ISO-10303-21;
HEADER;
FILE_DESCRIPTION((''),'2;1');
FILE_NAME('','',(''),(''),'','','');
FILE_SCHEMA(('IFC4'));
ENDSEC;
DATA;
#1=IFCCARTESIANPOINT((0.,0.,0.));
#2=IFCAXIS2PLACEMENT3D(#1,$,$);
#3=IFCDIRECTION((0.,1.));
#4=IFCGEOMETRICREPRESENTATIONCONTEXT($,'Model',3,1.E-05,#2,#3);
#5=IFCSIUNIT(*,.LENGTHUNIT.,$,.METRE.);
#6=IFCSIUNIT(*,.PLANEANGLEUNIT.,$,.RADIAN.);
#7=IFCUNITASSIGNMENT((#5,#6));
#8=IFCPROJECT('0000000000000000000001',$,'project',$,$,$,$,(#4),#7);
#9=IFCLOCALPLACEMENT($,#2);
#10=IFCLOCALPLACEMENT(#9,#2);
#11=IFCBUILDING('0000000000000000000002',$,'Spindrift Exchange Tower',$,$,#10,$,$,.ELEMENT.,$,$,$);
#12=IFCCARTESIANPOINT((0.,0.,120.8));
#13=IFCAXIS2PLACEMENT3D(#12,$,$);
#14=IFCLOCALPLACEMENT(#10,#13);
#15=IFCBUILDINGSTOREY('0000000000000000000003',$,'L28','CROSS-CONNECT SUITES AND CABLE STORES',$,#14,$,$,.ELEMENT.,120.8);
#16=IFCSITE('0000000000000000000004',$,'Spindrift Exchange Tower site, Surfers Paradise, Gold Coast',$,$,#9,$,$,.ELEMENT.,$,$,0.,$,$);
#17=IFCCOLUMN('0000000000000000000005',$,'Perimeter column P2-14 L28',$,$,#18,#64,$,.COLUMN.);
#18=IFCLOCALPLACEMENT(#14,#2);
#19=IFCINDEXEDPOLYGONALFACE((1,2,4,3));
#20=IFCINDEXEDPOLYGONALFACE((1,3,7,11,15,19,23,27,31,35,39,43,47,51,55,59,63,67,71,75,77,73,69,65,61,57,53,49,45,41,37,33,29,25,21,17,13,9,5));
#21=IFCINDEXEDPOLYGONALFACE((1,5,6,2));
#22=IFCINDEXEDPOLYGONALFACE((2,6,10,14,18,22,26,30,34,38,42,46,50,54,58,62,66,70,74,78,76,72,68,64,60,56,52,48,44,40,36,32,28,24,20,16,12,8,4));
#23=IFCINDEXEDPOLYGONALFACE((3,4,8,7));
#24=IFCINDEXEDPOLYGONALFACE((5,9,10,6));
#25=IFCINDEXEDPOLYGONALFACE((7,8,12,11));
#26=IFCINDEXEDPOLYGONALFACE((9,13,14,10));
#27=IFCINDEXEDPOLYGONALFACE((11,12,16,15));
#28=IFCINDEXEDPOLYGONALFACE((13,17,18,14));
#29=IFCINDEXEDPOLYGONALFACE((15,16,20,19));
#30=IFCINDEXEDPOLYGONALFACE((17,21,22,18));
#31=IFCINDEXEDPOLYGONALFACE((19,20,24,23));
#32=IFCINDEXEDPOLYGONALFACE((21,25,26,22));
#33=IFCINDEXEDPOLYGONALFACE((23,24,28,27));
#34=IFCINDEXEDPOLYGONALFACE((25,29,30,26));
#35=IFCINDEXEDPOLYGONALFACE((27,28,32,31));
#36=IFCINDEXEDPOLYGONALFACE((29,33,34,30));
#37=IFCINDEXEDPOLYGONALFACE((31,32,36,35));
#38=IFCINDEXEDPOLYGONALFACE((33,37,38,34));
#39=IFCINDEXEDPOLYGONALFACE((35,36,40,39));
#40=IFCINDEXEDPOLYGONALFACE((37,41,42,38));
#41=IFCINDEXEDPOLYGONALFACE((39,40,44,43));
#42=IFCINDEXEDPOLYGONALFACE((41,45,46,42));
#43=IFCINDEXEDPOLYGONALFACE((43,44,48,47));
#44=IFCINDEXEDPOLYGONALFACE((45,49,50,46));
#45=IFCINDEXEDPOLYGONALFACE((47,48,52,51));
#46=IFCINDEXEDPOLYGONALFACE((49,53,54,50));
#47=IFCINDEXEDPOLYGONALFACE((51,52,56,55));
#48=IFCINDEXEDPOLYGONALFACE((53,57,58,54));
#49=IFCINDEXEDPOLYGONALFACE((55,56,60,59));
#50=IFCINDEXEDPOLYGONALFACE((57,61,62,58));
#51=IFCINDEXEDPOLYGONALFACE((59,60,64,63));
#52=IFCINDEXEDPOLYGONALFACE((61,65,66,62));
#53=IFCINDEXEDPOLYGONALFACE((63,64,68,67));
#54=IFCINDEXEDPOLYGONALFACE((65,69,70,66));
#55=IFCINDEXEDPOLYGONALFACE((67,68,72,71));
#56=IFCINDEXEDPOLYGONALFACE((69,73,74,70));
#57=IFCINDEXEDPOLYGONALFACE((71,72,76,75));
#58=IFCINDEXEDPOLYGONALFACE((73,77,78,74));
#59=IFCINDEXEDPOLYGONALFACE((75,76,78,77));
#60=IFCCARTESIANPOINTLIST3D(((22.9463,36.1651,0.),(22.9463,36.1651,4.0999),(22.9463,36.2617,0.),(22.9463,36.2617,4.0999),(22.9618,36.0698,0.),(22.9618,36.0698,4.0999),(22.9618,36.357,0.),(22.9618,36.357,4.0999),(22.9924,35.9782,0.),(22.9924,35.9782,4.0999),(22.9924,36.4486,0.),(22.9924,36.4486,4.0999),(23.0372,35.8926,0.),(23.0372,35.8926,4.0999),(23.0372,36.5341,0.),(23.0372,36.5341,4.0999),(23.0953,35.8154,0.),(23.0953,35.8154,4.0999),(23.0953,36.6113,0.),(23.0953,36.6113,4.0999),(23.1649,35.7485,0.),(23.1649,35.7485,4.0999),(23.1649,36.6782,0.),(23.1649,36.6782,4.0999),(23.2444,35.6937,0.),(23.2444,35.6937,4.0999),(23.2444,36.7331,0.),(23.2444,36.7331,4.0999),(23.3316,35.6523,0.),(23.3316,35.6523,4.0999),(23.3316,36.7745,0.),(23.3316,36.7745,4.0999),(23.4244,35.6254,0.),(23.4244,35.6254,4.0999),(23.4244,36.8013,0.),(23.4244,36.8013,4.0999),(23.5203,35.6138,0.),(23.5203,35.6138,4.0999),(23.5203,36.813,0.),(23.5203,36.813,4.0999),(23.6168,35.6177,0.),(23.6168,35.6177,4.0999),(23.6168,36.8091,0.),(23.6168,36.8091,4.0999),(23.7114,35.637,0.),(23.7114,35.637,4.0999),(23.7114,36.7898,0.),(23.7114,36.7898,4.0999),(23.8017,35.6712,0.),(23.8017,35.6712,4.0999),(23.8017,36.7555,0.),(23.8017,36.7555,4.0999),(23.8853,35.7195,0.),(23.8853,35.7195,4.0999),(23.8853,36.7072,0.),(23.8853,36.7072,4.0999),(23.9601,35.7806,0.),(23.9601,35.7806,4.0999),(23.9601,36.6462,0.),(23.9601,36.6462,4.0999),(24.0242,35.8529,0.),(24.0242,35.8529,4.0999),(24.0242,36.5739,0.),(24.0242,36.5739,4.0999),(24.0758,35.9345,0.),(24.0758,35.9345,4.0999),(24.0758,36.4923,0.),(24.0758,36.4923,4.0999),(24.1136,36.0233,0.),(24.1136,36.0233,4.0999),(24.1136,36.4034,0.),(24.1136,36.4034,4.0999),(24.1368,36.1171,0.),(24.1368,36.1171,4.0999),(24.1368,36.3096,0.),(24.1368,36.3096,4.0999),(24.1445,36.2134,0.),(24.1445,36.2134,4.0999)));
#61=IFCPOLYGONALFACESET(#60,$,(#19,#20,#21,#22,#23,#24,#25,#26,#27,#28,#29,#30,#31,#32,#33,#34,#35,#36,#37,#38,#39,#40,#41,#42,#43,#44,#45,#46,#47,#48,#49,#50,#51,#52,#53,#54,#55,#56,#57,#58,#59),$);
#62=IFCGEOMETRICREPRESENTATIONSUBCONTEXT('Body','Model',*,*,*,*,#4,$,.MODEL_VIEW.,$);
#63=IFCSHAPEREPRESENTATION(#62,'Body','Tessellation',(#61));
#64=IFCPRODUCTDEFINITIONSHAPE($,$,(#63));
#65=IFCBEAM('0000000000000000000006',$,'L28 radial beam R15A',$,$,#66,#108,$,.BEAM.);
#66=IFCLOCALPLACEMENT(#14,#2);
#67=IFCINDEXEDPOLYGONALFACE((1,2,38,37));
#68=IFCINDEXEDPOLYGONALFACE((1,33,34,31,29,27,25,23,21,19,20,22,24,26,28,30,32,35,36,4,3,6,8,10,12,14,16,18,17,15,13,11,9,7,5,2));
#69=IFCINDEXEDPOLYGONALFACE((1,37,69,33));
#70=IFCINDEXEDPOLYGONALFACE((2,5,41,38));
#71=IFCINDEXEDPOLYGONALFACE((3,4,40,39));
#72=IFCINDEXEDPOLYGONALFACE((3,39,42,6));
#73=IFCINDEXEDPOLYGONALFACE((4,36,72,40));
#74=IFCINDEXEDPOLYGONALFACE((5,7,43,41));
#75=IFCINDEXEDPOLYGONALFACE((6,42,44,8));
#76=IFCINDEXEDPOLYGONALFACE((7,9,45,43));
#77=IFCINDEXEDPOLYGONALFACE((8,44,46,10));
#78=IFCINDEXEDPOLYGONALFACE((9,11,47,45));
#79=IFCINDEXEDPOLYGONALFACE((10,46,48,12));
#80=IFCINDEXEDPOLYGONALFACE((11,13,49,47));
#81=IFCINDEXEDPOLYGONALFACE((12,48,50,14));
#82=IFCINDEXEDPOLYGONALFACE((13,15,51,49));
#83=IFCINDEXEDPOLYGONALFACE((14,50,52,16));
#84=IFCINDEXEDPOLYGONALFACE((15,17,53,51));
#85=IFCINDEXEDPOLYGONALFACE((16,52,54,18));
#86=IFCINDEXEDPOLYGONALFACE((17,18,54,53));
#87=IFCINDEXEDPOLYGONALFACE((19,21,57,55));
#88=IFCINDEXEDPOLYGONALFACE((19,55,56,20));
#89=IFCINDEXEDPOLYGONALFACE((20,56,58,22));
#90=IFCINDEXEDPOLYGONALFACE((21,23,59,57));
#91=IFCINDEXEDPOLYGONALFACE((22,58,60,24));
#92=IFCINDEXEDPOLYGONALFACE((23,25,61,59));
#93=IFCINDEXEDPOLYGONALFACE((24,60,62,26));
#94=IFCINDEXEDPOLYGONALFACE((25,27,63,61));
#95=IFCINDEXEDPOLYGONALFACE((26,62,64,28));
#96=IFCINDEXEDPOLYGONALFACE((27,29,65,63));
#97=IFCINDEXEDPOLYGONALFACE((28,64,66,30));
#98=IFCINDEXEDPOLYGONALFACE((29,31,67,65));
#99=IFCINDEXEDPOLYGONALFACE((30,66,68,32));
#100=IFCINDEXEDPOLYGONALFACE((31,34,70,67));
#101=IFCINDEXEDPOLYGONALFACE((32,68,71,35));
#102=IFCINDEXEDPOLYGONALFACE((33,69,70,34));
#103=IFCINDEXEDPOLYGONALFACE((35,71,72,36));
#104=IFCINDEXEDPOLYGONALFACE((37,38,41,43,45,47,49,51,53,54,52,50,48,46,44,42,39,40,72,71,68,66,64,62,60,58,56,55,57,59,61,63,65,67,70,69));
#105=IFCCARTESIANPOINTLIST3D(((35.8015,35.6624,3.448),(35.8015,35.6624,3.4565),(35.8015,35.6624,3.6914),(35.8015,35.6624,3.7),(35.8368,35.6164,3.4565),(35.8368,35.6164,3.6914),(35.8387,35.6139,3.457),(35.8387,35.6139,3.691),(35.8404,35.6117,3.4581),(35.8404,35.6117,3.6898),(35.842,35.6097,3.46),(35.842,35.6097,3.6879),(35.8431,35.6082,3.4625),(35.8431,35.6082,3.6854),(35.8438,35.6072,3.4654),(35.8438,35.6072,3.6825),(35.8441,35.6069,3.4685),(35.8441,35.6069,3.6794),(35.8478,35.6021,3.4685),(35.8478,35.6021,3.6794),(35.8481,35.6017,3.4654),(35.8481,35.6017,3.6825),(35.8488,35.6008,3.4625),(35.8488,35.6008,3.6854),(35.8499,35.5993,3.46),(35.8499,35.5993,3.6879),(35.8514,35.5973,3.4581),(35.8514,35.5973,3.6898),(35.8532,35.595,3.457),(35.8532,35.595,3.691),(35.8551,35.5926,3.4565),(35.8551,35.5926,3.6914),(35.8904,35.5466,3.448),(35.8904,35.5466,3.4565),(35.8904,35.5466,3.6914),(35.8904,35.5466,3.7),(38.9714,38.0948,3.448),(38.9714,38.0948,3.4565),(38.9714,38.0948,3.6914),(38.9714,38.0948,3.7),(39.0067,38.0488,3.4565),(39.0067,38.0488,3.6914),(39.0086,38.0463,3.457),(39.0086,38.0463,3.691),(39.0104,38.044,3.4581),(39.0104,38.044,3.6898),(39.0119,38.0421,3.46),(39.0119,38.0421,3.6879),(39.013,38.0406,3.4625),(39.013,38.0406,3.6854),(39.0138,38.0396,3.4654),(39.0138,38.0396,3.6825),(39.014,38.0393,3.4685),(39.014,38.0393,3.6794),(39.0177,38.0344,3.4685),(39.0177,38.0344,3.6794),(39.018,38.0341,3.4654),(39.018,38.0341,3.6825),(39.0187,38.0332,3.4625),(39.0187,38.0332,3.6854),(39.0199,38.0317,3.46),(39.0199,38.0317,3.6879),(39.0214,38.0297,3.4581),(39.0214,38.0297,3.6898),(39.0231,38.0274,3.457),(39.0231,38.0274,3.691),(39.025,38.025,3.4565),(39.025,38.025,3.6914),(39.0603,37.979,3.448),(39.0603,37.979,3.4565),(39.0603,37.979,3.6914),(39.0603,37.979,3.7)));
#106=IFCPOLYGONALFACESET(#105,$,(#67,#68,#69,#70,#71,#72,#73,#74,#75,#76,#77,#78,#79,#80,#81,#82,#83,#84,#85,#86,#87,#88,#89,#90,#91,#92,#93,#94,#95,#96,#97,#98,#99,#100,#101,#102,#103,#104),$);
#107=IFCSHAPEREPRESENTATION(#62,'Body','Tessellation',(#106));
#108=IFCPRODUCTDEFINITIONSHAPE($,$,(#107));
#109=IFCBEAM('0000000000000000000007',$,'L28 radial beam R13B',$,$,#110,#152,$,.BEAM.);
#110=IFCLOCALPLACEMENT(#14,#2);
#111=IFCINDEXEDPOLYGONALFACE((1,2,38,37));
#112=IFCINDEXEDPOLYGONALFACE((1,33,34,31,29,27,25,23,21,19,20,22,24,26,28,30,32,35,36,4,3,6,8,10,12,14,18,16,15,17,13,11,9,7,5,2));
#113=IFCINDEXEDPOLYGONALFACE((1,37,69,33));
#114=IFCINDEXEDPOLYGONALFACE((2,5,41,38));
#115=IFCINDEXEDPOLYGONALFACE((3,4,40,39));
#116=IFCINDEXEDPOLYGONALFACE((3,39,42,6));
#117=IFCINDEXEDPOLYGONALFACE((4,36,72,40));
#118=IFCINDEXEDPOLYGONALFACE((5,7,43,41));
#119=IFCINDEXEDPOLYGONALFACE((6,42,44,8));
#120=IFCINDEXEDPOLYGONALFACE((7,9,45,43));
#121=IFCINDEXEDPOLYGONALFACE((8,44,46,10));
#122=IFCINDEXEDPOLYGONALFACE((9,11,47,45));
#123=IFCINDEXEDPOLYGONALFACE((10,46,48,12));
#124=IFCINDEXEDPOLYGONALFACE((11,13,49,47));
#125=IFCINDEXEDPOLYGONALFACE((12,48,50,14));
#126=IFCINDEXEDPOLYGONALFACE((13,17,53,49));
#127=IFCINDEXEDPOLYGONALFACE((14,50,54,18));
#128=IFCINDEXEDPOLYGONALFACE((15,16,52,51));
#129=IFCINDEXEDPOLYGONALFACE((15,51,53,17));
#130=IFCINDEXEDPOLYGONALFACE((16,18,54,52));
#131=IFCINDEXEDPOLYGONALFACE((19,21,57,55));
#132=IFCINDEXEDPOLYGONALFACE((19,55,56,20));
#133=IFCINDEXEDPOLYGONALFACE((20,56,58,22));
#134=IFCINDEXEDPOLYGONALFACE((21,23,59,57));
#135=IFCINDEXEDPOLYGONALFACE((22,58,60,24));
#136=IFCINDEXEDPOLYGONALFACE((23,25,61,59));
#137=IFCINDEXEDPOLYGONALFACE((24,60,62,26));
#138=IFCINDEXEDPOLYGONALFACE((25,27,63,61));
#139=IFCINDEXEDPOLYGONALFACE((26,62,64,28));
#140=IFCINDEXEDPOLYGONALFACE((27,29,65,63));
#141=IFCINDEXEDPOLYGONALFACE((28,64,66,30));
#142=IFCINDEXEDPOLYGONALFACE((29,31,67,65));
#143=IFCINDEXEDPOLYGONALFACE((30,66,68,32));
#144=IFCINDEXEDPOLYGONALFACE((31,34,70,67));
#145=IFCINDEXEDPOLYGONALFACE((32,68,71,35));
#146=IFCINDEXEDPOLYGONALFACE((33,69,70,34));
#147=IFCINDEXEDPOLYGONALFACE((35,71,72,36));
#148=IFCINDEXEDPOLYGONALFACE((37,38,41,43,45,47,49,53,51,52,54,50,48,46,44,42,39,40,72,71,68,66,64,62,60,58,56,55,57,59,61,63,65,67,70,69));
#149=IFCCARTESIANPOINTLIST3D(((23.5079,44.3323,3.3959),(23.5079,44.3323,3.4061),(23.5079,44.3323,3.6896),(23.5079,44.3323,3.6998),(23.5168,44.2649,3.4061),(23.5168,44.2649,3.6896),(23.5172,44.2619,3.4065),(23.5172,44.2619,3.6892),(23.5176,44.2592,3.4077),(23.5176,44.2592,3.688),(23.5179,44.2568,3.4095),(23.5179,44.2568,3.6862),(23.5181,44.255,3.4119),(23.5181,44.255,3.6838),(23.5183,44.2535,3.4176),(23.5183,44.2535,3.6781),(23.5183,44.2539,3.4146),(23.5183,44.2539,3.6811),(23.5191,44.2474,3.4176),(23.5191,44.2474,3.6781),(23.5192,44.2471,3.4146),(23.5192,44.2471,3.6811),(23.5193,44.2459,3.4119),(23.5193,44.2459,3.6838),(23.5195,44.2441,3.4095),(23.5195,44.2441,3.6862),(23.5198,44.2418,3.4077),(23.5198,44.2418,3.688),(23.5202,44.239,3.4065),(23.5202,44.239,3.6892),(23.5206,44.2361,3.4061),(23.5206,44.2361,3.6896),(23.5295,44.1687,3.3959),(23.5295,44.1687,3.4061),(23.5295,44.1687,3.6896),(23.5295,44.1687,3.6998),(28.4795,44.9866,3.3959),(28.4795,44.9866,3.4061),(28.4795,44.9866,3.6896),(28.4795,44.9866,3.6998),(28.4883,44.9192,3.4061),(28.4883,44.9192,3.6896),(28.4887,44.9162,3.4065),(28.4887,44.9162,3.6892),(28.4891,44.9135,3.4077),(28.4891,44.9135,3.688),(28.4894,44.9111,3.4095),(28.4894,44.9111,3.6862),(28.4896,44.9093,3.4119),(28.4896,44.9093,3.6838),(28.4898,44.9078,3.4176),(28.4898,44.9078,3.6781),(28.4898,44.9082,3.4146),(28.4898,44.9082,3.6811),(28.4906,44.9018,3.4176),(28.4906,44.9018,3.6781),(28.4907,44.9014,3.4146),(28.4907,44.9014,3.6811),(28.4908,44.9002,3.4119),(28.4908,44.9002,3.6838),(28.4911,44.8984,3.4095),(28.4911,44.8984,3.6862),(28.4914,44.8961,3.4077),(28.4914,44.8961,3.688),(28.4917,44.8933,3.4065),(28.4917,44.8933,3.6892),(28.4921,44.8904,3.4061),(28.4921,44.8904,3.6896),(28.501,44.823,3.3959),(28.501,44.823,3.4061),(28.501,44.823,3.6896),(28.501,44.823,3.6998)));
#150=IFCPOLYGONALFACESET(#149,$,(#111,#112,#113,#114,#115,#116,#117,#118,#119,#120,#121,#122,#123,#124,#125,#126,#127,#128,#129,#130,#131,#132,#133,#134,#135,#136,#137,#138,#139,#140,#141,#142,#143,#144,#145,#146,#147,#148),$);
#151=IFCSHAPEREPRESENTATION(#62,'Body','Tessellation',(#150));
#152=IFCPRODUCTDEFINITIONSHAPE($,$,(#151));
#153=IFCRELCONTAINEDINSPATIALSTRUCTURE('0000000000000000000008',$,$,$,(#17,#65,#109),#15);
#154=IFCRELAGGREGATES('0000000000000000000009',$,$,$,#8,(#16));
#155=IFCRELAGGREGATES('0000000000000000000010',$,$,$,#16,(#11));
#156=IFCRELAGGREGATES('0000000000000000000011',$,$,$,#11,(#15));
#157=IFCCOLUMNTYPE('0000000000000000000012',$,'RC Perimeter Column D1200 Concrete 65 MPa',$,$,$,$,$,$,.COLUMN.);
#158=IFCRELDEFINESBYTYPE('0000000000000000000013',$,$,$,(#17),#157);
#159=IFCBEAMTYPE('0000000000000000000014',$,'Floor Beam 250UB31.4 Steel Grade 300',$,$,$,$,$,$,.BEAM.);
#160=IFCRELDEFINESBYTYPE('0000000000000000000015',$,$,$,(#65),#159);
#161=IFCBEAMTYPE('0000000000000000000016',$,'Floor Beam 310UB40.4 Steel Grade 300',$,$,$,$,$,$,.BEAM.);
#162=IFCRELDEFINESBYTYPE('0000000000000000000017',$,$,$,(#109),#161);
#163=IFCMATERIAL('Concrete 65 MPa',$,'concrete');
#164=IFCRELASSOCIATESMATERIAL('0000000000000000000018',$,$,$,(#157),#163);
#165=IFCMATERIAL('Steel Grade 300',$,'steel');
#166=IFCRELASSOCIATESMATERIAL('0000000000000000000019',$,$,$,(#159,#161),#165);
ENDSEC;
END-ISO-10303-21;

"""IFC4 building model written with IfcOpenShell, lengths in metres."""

from ifc_helpers import new_model, si_unit, direction, frame, origin, origin_2d, place, context, subcontext, project, spatial, circle, i_section, extrude, source, transform, mapped, material, material_profile, profile_set, type_object, element, save


model = new_model("IFC4")

# Units and contexts
model_context = context("Model", 3, precision=1e-05, world=origin(), true_north=direction((0.0, 1.0)))
body_context = subcontext(model_context, "Body", "Model", "MODEL_VIEW")
ifc_project = project(units=[si_unit("LENGTHUNIT", "METRE"), si_unit("PLANEANGLEUNIT", "RADIAN")], contexts=[model_context])

# Site, building, storey
site_placement = place(None, origin())
site = spatial("IfcSite", under=ifc_project, at=site_placement, Name="Spindrift Exchange Tower site, Surfers Paradise, Gold Coast", CompositionType="ELEMENT", RefElevation=0.0)
building_placement = place(site_placement, origin())
building = spatial("IfcBuilding", under=site, at=building_placement, Name="Spindrift Exchange Tower", CompositionType="ELEMENT")
storey_placement = place(building_placement, frame((0.0, 0.0, 120.8)))
storey = spatial("IfcBuildingStorey", under=building, at=storey_placement, Name="L28", Description="CROSS-CONNECT SUITES AND CABLE STORES", CompositionType="ELEMENT", Elevation=120.8)

# Column
ifc_material_1 = material(Name="Concrete 65 MPa", Category="concrete")
ifc_material_profile_1 = material_profile(ifc_material_1, circle(Radius=0.6001, at=origin_2d()), Name="RC D1200")
ifc_profile_set_1 = profile_set([ifc_material_profile_1], Name="Concrete 65 MPa")
column_type_1 = type_object("IfcColumnType", Name="RC Perimeter Column D1200 Concrete 65 MPa", PredefinedType="COLUMN", material=ifc_profile_set_1)
shared_shape_1 = source(origin(), body_context, "Body", "SweptSolid", [
    extrude(circle(Radius=0.6001, at=origin_2d()), origin(), (0.0, 0.0, 1.0), 4.0999),
])
for number, where, z_axis, x_axis, name in (
    (1, (23.5444, 36.2134, 0.0), (0.0, 0.0, 1.0), (1.0, 0.0, 0.0), "Perimeter column P2-14 L28"),
):
    element("IfcColumn", number, at=place(storey_placement, frame(where, z_axis=z_axis, x_axis=x_axis)), inside=storey, type_object=column_type_1, Name=name, PredefinedType="COLUMN", context=body_context, shape_type="MappedRepresentation", body=[
        mapped(shared_shape_1, transform((0.0, 0.0, 0.0), scale=1.0)),
    ])

# Beams
ifc_material_2 = material(Name="Steel Grade 300", Category="steel")
ifc_material_profile_2 = material_profile(ifc_material_2, i_section(OverallWidth=0.146, OverallDepth=0.252, WebThickness=0.0061, FlangeThickness=0.0085, FilletRadius=0.012, at=origin_2d()), Name="250UB31.4")
ifc_profile_set_2 = profile_set([ifc_material_profile_2], Name="Steel Grade 300")
beam_type_1 = type_object("IfcBeamType", Name="Floor Beam 250UB31.4 Steel Grade 300", PredefinedType="BEAM", material=ifc_profile_set_2)
shared_shape_2 = source(origin(), body_context, "Body", "SweptSolid", [
    extrude(i_section(OverallWidth=0.146, OverallDepth=0.252, WebThickness=0.0061, FlangeThickness=0.0085, FilletRadius=0.012, at=origin_2d()), origin(), (0.0, 0.0, 1.0), 3.9956),
])
beam_1_placement = place(storey_placement, frame((39.0159, 38.0369, 3.574), z_axis=(-0.793353, -0.608762, 0.0), x_axis=(0.608762, -0.793353, 0.0)))
element("IfcBeam", 2, at=beam_1_placement, inside=storey, type_object=beam_type_1, Name="L28 radial beam R15A", PredefinedType="BEAM", context=body_context, shape_type="MappedRepresentation", body=[
    mapped(shared_shape_2, transform((0.0, 0.0, 0.0), scale=1.0)),
])
ifc_material_profile_3 = material_profile(ifc_material_2, i_section(OverallWidth=0.165, OverallDepth=0.304, WebThickness=0.0061, FlangeThickness=0.0103, FilletRadius=0.0115, at=origin_2d()), Name="310UB40.4")
ifc_profile_set_3 = profile_set([ifc_material_profile_3], Name="Steel Grade 300")
beam_type_2 = type_object("IfcBeamType", Name="Floor Beam 310UB40.4 Steel Grade 300", PredefinedType="BEAM", material=ifc_profile_set_3)
shared_shape_3 = source(origin(), body_context, "Body", "SweptSolid", [
    extrude(i_section(OverallWidth=0.165, OverallDepth=0.304, WebThickness=0.0061, FlangeThickness=0.0103, FilletRadius=0.0115, at=origin_2d()), origin(), (0.0, 0.0, 1.0), 5.0144),
])
beam_2_placement = place(storey_placement, frame((28.4902, 44.9048, 3.5479), z_axis=(-0.99145, -0.130486, 0.0), x_axis=(0.130486, -0.99145, 0.0)))
element("IfcBeam", 3, at=beam_2_placement, inside=storey, type_object=beam_type_2, Name="L28 radial beam R13B", PredefinedType="BEAM", context=body_context, shape_type="MappedRepresentation", body=[
    mapped(shared_shape_3, transform((0.0, 0.0, 0.0), scale=1.0)),
])

save(model, "model.ifc")
